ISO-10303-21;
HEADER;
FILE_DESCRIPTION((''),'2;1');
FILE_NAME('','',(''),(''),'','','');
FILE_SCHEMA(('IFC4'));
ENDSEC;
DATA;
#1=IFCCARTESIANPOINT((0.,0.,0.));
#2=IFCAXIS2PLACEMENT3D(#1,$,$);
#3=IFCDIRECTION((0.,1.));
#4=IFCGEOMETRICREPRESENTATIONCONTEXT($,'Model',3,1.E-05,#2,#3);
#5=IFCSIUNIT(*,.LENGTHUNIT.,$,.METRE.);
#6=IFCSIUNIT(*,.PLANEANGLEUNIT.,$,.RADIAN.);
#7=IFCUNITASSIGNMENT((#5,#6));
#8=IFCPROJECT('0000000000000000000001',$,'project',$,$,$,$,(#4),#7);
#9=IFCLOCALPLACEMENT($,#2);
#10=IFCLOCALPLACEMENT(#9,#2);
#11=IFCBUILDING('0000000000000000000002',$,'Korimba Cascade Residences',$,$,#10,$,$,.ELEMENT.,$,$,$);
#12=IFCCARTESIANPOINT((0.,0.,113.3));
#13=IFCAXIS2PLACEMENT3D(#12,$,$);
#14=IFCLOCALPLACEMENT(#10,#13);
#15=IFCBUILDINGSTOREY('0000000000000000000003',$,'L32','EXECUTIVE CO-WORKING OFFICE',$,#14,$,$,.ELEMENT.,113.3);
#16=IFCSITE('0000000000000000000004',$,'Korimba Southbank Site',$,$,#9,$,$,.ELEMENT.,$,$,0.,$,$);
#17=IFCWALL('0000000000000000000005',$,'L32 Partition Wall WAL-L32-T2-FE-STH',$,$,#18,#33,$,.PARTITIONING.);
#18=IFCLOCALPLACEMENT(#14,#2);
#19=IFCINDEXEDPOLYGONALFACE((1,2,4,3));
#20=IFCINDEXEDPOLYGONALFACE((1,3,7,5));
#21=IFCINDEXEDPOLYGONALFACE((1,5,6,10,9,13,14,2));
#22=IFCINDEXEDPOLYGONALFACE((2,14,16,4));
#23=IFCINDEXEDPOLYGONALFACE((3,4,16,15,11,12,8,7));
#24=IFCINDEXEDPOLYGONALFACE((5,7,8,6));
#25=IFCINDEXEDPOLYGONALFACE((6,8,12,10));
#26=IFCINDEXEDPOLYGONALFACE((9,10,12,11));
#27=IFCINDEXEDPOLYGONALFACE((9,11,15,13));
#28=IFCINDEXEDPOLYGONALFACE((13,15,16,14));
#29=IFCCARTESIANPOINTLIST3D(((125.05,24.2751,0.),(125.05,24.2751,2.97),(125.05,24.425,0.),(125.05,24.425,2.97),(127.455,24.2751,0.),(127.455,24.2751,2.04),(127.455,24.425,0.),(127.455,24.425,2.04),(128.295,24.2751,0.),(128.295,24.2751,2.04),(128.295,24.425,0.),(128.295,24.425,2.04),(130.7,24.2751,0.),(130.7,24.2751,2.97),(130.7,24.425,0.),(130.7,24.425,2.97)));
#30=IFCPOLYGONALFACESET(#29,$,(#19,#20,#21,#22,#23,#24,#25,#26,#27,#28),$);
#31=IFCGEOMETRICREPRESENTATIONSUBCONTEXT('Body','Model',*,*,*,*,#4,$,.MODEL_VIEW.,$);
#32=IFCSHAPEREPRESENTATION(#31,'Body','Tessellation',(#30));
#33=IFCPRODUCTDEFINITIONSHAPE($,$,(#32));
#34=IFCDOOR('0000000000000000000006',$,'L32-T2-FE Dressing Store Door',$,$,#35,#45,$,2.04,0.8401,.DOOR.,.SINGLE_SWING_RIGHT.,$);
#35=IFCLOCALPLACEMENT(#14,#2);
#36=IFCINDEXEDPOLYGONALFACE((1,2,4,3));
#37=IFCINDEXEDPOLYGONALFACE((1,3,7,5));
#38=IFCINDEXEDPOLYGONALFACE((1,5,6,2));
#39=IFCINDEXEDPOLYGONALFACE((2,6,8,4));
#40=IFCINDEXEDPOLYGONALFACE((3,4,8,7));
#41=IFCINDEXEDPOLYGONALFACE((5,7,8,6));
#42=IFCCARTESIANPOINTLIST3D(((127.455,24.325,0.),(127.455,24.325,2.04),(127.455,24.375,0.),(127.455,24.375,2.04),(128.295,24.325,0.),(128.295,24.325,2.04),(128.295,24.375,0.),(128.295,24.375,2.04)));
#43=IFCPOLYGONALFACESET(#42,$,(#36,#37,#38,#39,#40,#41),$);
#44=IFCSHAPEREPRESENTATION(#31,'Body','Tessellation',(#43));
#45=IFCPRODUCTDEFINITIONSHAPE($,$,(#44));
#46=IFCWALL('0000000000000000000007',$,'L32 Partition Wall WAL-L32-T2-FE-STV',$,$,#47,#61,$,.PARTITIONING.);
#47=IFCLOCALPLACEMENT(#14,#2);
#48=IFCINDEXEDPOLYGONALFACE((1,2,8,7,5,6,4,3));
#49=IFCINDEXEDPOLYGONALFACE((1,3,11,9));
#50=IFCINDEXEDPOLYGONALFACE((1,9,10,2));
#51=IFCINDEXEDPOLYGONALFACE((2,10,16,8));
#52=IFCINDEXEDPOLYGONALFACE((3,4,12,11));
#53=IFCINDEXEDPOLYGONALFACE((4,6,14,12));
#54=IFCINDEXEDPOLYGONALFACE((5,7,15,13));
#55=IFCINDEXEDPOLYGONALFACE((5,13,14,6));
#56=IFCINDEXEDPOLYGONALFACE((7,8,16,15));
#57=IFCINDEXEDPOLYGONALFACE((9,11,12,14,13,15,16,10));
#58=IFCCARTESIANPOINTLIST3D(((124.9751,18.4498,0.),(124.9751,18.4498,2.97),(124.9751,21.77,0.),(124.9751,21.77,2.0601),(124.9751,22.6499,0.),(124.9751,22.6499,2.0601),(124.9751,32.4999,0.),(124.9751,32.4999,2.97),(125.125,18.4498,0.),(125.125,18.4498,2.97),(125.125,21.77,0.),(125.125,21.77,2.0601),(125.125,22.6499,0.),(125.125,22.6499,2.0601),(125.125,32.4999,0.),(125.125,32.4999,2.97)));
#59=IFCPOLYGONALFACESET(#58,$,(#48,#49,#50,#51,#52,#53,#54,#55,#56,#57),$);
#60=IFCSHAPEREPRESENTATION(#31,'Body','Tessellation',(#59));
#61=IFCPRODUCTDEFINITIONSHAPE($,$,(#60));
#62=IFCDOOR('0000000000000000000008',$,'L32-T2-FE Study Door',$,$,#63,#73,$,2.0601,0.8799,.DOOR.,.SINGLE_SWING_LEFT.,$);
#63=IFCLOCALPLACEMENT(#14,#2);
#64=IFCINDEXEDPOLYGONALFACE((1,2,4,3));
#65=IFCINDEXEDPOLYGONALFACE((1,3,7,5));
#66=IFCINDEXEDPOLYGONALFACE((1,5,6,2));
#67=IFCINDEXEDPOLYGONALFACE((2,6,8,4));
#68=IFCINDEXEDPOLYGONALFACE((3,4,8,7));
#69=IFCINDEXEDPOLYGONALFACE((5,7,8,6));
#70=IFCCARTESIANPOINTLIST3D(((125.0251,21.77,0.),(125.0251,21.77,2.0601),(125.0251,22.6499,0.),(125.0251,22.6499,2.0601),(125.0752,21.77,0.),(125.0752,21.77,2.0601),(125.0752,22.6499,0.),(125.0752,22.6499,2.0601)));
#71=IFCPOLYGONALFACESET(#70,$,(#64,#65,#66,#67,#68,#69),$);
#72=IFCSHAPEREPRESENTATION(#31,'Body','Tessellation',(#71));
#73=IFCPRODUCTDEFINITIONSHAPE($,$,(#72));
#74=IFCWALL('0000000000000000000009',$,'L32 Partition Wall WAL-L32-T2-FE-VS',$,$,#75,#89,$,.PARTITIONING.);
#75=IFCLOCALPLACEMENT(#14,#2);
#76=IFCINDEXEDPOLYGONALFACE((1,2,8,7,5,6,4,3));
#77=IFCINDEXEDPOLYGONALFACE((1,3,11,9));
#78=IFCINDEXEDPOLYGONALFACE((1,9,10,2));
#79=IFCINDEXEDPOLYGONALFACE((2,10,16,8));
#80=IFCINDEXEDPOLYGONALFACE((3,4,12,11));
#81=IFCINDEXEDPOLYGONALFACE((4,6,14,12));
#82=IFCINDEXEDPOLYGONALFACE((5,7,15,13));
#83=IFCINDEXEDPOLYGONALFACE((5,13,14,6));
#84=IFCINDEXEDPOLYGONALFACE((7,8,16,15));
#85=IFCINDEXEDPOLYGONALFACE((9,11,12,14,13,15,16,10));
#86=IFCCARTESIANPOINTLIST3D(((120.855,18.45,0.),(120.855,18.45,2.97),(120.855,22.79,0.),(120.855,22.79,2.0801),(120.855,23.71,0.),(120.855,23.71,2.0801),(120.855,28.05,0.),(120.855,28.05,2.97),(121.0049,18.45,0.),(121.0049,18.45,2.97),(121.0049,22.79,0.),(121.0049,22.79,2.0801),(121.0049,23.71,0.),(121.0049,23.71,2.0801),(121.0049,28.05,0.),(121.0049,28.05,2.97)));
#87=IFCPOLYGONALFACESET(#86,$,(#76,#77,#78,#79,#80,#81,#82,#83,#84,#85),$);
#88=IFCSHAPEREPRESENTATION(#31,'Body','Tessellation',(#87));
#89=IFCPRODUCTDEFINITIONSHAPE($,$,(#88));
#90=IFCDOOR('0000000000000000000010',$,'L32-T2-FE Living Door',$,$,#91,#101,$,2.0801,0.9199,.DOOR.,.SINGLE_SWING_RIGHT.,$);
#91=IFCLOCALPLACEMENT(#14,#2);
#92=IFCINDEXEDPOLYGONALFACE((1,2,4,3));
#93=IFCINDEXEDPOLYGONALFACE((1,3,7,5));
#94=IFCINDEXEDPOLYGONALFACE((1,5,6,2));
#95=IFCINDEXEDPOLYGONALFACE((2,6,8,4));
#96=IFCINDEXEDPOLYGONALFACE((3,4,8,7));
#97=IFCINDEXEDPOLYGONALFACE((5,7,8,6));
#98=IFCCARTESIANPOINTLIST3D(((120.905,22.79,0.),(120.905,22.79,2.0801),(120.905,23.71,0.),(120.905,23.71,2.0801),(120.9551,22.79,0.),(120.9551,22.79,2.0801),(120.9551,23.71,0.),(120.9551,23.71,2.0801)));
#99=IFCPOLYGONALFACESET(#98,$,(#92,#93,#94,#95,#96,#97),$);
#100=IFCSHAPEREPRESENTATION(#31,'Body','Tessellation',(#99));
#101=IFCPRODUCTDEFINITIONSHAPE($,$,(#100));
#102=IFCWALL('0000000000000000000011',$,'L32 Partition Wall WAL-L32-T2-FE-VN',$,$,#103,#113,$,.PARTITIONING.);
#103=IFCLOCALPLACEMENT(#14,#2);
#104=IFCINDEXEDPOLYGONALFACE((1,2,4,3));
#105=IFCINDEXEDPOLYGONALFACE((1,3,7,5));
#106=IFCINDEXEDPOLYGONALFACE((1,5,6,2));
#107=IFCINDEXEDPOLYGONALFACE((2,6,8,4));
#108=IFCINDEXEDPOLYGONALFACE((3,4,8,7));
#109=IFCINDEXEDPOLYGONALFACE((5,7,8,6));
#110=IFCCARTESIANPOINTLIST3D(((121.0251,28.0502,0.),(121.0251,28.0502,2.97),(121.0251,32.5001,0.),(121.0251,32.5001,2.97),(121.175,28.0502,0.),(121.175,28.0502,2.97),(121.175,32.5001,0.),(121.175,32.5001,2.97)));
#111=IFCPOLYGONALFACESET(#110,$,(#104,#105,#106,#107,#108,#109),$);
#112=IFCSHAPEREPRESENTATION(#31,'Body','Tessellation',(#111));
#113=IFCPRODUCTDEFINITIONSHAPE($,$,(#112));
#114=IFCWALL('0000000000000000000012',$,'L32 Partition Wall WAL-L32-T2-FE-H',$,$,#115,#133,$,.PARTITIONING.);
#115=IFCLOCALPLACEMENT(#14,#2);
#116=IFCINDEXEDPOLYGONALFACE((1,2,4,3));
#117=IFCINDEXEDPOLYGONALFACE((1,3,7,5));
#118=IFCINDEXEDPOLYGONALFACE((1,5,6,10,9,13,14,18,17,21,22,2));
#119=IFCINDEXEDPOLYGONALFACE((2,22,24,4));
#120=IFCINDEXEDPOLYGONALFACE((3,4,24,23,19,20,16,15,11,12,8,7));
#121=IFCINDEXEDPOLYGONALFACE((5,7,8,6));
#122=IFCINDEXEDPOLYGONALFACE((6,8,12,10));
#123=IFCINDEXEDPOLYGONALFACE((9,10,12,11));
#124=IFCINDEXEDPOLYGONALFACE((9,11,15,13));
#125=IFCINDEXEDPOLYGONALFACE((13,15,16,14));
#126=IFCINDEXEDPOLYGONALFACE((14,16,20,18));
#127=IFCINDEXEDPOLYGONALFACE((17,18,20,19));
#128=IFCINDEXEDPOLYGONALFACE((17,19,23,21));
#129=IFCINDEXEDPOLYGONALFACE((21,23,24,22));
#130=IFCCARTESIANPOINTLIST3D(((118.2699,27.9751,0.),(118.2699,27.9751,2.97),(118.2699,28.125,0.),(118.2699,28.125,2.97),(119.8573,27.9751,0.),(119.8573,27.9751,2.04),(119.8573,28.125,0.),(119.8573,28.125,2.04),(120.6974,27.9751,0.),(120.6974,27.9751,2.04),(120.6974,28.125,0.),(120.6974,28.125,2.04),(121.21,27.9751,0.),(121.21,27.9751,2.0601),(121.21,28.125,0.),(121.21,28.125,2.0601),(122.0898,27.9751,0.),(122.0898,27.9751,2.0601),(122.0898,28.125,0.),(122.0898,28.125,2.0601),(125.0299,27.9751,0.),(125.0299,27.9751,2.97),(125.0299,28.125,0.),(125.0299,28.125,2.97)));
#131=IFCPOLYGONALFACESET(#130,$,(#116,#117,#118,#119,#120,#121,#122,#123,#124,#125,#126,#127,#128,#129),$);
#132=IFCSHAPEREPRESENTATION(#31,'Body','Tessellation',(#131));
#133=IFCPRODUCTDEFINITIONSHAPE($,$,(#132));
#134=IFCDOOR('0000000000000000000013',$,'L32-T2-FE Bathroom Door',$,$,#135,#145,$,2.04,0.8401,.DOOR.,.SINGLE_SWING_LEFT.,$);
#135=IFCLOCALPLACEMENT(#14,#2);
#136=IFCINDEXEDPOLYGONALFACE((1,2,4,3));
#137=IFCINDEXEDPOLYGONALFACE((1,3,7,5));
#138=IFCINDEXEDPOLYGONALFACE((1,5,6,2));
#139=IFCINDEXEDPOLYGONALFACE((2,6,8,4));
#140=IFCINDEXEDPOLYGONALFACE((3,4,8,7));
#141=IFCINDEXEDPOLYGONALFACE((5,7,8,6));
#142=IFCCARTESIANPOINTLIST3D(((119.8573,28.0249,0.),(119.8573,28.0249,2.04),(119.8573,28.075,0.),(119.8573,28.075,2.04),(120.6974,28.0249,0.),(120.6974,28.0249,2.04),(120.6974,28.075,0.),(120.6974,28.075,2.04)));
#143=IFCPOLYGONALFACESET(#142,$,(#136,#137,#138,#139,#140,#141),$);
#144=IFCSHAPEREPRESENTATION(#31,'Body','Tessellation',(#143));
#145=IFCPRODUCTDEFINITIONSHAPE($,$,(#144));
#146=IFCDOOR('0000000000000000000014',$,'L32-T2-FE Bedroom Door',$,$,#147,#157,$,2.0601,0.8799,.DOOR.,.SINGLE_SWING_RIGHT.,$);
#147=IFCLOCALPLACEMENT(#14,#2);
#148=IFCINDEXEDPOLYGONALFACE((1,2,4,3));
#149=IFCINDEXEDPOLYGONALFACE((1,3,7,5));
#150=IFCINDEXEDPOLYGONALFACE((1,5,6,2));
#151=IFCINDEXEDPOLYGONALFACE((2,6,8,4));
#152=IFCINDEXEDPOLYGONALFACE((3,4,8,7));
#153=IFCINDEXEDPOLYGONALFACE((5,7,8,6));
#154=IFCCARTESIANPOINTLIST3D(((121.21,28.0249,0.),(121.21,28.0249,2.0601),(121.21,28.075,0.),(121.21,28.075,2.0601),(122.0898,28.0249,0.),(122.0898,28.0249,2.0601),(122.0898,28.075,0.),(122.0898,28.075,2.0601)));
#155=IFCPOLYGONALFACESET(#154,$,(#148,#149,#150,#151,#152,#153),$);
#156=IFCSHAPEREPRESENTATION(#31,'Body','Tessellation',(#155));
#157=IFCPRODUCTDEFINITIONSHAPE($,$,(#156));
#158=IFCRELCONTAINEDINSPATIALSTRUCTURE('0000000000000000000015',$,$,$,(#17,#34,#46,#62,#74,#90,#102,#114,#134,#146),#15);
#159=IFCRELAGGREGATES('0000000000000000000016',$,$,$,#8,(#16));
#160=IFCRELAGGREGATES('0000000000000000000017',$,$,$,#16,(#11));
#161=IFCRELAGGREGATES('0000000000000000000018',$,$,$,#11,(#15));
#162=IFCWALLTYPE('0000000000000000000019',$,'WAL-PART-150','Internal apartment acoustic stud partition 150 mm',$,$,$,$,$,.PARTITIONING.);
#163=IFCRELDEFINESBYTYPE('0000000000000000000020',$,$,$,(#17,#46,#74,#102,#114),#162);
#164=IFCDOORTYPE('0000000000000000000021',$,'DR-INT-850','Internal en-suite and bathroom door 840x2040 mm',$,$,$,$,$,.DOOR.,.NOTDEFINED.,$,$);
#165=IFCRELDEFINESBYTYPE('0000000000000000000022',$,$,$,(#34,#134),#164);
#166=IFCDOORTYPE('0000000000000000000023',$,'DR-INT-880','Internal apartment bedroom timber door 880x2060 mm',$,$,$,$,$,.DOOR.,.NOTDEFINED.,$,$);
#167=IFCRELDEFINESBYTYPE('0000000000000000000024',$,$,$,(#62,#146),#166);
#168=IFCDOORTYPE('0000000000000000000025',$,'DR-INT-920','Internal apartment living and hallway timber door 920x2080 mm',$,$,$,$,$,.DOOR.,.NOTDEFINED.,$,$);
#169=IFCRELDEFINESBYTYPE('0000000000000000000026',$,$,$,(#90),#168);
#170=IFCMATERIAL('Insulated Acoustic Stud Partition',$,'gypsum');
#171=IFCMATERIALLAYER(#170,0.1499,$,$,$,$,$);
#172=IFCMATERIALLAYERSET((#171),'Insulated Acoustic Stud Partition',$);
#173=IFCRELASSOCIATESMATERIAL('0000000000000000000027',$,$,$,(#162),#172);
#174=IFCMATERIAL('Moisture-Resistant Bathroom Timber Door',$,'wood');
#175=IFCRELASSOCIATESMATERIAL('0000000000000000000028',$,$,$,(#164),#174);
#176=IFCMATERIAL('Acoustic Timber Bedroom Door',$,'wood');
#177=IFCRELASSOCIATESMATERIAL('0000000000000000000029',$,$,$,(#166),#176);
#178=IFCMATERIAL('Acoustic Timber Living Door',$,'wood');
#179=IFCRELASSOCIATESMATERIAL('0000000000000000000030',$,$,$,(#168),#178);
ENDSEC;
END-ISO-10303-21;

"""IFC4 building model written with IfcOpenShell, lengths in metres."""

from ifc_helpers import new_model, si_unit, direction, frame, frame_2d, origin, place, context, subcontext, project, spatial, rectangle, extrude, material, layer, layer_set, type_object, element, fill, save


model = new_model("IFC4")

# Units and contexts
model_context = context("Model", 3, precision=1e-05, world=origin(), true_north=direction((0.0, 1.0)))
body_context = subcontext(model_context, "Body", "Model", "MODEL_VIEW")
ifc_project = project(units=[si_unit("LENGTHUNIT", "METRE"), si_unit("PLANEANGLEUNIT", "RADIAN")], contexts=[model_context])

# Site, building, storey
site_placement = place(None, origin())
site = spatial("IfcSite", under=ifc_project, at=site_placement, Name="Korimba Southbank Site", CompositionType="ELEMENT", RefElevation=0.0)
building_placement = place(site_placement, origin())
building = spatial("IfcBuilding", under=site, at=building_placement, Name="Korimba Cascade Residences", CompositionType="ELEMENT")
storey_placement = place(building_placement, frame((0.0, 0.0, 113.3)))
storey = spatial("IfcBuildingStorey", under=building, at=storey_placement, Name="L32", Description="EXECUTIVE CO-WORKING OFFICE", CompositionType="ELEMENT", Elevation=113.3)

# Walls, openings, doors
ifc_material_1 = material(Name="Insulated Acoustic Stud Partition", Category="gypsum")
ifc_layer_1 = layer(ifc_material_1, 0.1499)
ifc_layer_set_1 = layer_set([ifc_layer_1], Name="Insulated Acoustic Stud Partition")
wall_type_1 = type_object("IfcWallType", Name="WAL-PART-150", Description="Internal apartment acoustic stud partition 150 mm", PredefinedType="PARTITIONING", material=ifc_layer_set_1)
wall_1_placement = place(storey_placement, frame((125.05, 24.3501, 0.0), z_axis=(0.0, 0.0, 1.0), x_axis=(1.0, 0.0, 0.0)))
wall_1 = element("IfcWall", 1, at=wall_1_placement, inside=storey, type_object=wall_type_1, Name="L32 Partition Wall WAL-L32-T2-FE-STH", PredefinedType="PARTITIONING", context=body_context, shape_type="SweptSolid", body=[
    extrude(rectangle(XDim=5.6499, YDim=0.1499, at=frame_2d((2.825, 0.0))), origin(), (0.0, 0.0, 1.0), 2.97),
])
opening_1_placement = place(wall_1_placement, frame((2.405, 0.0, 0.0)))
opening_1 = element("IfcOpeningElement", 2, at=opening_1_placement, cuts=wall_1, PredefinedType="OPENING", context=body_context, shape_type="SweptSolid", body=[
    extrude(rectangle(XDim=0.8401, YDim=2.04, at=frame_2d((0.4199, 1.02))), frame((0.0, 0.085, 0.0), z_axis=(0.0, -1.0, 0.0), x_axis=(1.0, 0.0, 0.0)), (0.0, 0.0, 1.0), 0.1699),
])
ifc_material_2 = material(Name="Moisture-Resistant Bathroom Timber Door", Category="wood")
door_type_1 = type_object("IfcDoorType", Name="DR-INT-850", Description="Internal en-suite and bathroom door 840x2040 mm", OperationType="NOTDEFINED", PredefinedType="DOOR", material=ifc_material_2)
door_1_placement = place(opening_1_placement, origin())
door_1 = element("IfcDoor", 3, at=door_1_placement, inside=storey, type_object=door_type_1, Name="L32-T2-FE Dressing Store Door", OperationType="SINGLE_SWING_RIGHT", OverallHeight=2.04, OverallWidth=0.8401, PredefinedType="DOOR", context=body_context, shape_type="SweptSolid", body=[
    extrude(rectangle(XDim=0.8401, YDim=2.04, at=frame_2d((0.4199, 1.02))), frame((0.0, 0.0249, 0.0), z_axis=(0.0, -1.0, 0.0), x_axis=(1.0, 0.0, 0.0)), (0.0, 0.0, 1.0), 0.05),
])
fill(opening_1, door_1)
wall_2_placement = place(storey_placement, frame((125.05, 18.45, 0.0), z_axis=(0.0, 0.0, 1.0), x_axis=(0.0, 1.0, 0.0)))
wall_2 = element("IfcWall", 4, at=wall_2_placement, inside=storey, type_object=wall_type_1, Name="L32 Partition Wall WAL-L32-T2-FE-STV", PredefinedType="PARTITIONING", context=body_context, shape_type="SweptSolid", body=[
    extrude(rectangle(XDim=14.05, YDim=0.1499, at=frame_2d((7.0249, 0.0))), origin(), (0.0, 0.0, 1.0), 2.97),
])
opening_2_placement = place(wall_2_placement, frame((3.3201, 0.0, 0.0)))
opening_2 = element("IfcOpeningElement", 5, at=opening_2_placement, cuts=wall_2, PredefinedType="OPENING", context=body_context, shape_type="SweptSolid", body=[
    extrude(rectangle(XDim=0.8799, YDim=2.0601, at=frame_2d((0.4399, 1.03))), frame((0.0, 0.085, 0.0), z_axis=(0.0, -1.0, 0.0), x_axis=(1.0, 0.0, 0.0)), (0.0, 0.0, 1.0), 0.1699),
])
ifc_material_3 = material(Name="Acoustic Timber Bedroom Door", Category="wood")
door_type_2 = type_object("IfcDoorType", Name="DR-INT-880", Description="Internal apartment bedroom timber door 880x2060 mm", OperationType="NOTDEFINED", PredefinedType="DOOR", material=ifc_material_3)
door_2_placement = place(opening_2_placement, origin())
door_2 = element("IfcDoor", 6, at=door_2_placement, inside=storey, type_object=door_type_2, Name="L32-T2-FE Study Door", OperationType="SINGLE_SWING_LEFT", OverallHeight=2.0601, OverallWidth=0.8799, PredefinedType="DOOR", context=body_context, shape_type="SweptSolid", body=[
    extrude(rectangle(XDim=0.8799, YDim=2.0601, at=frame_2d((0.4399, 1.03))), frame((0.0, 0.0249, 0.0), z_axis=(0.0, -1.0, 0.0), x_axis=(1.0, 0.0, 0.0)), (0.0, 0.0, 1.0), 0.05),
])
fill(opening_2, door_2)
wall_3_placement = place(storey_placement, frame((120.9299, 18.45, 0.0), z_axis=(0.0, 0.0, 1.0), x_axis=(0.0, 1.0, 0.0)))
wall_3 = element("IfcWall", 7, at=wall_3_placement, inside=storey, type_object=wall_type_1, Name="L32 Partition Wall WAL-L32-T2-FE-VS", PredefinedType="PARTITIONING", context=body_context, shape_type="SweptSolid", body=[
    extrude(rectangle(XDim=9.6001, YDim=0.1499, at=frame_2d((4.8, 0.0))), origin(), (0.0, 0.0, 1.0), 2.97),
])
opening_3_placement = place(wall_3_placement, frame((4.3401, 0.0, 0.0)))
opening_3 = element("IfcOpeningElement", 8, at=opening_3_placement, cuts=wall_3, PredefinedType="OPENING", context=body_context, shape_type="SweptSolid", body=[
    extrude(rectangle(XDim=0.9199, YDim=2.0801, at=frame_2d((0.46, 1.04))), frame((0.0, 0.085, 0.0), z_axis=(0.0, -1.0, 0.0), x_axis=(1.0, 0.0, 0.0)), (0.0, 0.0, 1.0), 0.1699),
])
ifc_material_4 = material(Name="Acoustic Timber Living Door", Category="wood")
door_type_3 = type_object("IfcDoorType", Name="DR-INT-920", Description="Internal apartment living and hallway timber door 920x2080 mm", OperationType="NOTDEFINED", PredefinedType="DOOR", material=ifc_material_4)
door_3_placement = place(opening_3_placement, origin())
door_3 = element("IfcDoor", 9, at=door_3_placement, inside=storey, type_object=door_type_3, Name="L32-T2-FE Living Door", OperationType="SINGLE_SWING_RIGHT", OverallHeight=2.0801, OverallWidth=0.9199, PredefinedType="DOOR", context=body_context, shape_type="SweptSolid", body=[
    extrude(rectangle(XDim=0.9199, YDim=2.0801, at=frame_2d((0.46, 1.04))), frame((0.0, 0.0249, 0.0), z_axis=(0.0, -1.0, 0.0), x_axis=(1.0, 0.0, 0.0)), (0.0, 0.0, 1.0), 0.05),
])
fill(opening_3, door_3)

# Wall
wall_4_placement = place(storey_placement, frame((121.1001, 28.05, 0.0), z_axis=(0.0, 0.0, 1.0), x_axis=(0.0, 1.0, 0.0)))
element("IfcWall", 10, at=wall_4_placement, inside=storey, type_object=wall_type_1, Name="L32 Partition Wall WAL-L32-T2-FE-VN", PredefinedType="PARTITIONING", context=body_context, shape_type="SweptSolid", body=[
    extrude(rectangle(XDim=4.45, YDim=0.1499, at=frame_2d((2.2251, 0.0))), origin(), (0.0, 0.0, 1.0), 2.97),
])

# Wall, openings, doors
wall_5_placement = place(storey_placement, frame((118.27, 28.05, 0.0), z_axis=(0.0, 0.0, 1.0), x_axis=(1.0, 0.0, 0.0)))
wall_5 = element("IfcWall", 11, at=wall_5_placement, inside=storey, type_object=wall_type_1, Name="L32 Partition Wall WAL-L32-T2-FE-H", PredefinedType="PARTITIONING", context=body_context, shape_type="SweptSolid", body=[
    extrude(rectangle(XDim=6.76, YDim=0.1499, at=frame_2d((3.3799, 0.0))), origin(), (0.0, 0.0, 1.0), 2.97),
])
opening_4_placement = place(wall_5_placement, frame((1.5874, 0.0, 0.0)))
opening_4 = element("IfcOpeningElement", 12, at=opening_4_placement, cuts=wall_5, PredefinedType="OPENING", context=body_context, shape_type="SweptSolid", body=[
    extrude(rectangle(XDim=0.8401, YDim=2.04, at=frame_2d((0.4199, 1.02))), frame((0.0, 0.085, 0.0), z_axis=(0.0, -1.0, 0.0), x_axis=(1.0, 0.0, 0.0)), (0.0, 0.0, 1.0), 0.1699),
])
opening_5_placement = place(wall_5_placement, frame((2.9399, 0.0, 0.0)))
opening_5 = element("IfcOpeningElement", 13, at=opening_5_placement, cuts=wall_5, PredefinedType="OPENING", context=body_context, shape_type="SweptSolid", body=[
    extrude(rectangle(XDim=0.8799, YDim=2.0601, at=frame_2d((0.4399, 1.03))), frame((0.0, 0.085, 0.0), z_axis=(0.0, -1.0, 0.0), x_axis=(1.0, 0.0, 0.0)), (0.0, 0.0, 1.0), 0.1699),
])
door_4_placement = place(opening_4_placement, origin())
door_4 = element("IfcDoor", 14, at=door_4_placement, inside=storey, type_object=door_type_1, Name="L32-T2-FE Bathroom Door", OperationType="SINGLE_SWING_LEFT", OverallHeight=2.04, OverallWidth=0.8401, PredefinedType="DOOR", context=body_context, shape_type="SweptSolid", body=[
    extrude(rectangle(XDim=0.8401, YDim=2.04, at=frame_2d((0.4199, 1.02))), frame((0.0, 0.0249, 0.0), z_axis=(0.0, -1.0, 0.0), x_axis=(1.0, 0.0, 0.0)), (0.0, 0.0, 1.0), 0.05),
])
fill(opening_4, door_4)
door_5_placement = place(opening_5_placement, origin())
door_5 = element("IfcDoor", 15, at=door_5_placement, inside=storey, type_object=door_type_2, Name="L32-T2-FE Bedroom Door", OperationType="SINGLE_SWING_RIGHT", OverallHeight=2.0601, OverallWidth=0.8799, PredefinedType="DOOR", context=body_context, shape_type="SweptSolid", body=[
    extrude(rectangle(XDim=0.8799, YDim=2.0601, at=frame_2d((0.4399, 1.03))), frame((0.0, 0.0249, 0.0), z_axis=(0.0, -1.0, 0.0), x_axis=(1.0, 0.0, 0.0)), (0.0, 0.0, 1.0), 0.05),
])
fill(opening_5, door_5)

save(model, "model.ifc")
